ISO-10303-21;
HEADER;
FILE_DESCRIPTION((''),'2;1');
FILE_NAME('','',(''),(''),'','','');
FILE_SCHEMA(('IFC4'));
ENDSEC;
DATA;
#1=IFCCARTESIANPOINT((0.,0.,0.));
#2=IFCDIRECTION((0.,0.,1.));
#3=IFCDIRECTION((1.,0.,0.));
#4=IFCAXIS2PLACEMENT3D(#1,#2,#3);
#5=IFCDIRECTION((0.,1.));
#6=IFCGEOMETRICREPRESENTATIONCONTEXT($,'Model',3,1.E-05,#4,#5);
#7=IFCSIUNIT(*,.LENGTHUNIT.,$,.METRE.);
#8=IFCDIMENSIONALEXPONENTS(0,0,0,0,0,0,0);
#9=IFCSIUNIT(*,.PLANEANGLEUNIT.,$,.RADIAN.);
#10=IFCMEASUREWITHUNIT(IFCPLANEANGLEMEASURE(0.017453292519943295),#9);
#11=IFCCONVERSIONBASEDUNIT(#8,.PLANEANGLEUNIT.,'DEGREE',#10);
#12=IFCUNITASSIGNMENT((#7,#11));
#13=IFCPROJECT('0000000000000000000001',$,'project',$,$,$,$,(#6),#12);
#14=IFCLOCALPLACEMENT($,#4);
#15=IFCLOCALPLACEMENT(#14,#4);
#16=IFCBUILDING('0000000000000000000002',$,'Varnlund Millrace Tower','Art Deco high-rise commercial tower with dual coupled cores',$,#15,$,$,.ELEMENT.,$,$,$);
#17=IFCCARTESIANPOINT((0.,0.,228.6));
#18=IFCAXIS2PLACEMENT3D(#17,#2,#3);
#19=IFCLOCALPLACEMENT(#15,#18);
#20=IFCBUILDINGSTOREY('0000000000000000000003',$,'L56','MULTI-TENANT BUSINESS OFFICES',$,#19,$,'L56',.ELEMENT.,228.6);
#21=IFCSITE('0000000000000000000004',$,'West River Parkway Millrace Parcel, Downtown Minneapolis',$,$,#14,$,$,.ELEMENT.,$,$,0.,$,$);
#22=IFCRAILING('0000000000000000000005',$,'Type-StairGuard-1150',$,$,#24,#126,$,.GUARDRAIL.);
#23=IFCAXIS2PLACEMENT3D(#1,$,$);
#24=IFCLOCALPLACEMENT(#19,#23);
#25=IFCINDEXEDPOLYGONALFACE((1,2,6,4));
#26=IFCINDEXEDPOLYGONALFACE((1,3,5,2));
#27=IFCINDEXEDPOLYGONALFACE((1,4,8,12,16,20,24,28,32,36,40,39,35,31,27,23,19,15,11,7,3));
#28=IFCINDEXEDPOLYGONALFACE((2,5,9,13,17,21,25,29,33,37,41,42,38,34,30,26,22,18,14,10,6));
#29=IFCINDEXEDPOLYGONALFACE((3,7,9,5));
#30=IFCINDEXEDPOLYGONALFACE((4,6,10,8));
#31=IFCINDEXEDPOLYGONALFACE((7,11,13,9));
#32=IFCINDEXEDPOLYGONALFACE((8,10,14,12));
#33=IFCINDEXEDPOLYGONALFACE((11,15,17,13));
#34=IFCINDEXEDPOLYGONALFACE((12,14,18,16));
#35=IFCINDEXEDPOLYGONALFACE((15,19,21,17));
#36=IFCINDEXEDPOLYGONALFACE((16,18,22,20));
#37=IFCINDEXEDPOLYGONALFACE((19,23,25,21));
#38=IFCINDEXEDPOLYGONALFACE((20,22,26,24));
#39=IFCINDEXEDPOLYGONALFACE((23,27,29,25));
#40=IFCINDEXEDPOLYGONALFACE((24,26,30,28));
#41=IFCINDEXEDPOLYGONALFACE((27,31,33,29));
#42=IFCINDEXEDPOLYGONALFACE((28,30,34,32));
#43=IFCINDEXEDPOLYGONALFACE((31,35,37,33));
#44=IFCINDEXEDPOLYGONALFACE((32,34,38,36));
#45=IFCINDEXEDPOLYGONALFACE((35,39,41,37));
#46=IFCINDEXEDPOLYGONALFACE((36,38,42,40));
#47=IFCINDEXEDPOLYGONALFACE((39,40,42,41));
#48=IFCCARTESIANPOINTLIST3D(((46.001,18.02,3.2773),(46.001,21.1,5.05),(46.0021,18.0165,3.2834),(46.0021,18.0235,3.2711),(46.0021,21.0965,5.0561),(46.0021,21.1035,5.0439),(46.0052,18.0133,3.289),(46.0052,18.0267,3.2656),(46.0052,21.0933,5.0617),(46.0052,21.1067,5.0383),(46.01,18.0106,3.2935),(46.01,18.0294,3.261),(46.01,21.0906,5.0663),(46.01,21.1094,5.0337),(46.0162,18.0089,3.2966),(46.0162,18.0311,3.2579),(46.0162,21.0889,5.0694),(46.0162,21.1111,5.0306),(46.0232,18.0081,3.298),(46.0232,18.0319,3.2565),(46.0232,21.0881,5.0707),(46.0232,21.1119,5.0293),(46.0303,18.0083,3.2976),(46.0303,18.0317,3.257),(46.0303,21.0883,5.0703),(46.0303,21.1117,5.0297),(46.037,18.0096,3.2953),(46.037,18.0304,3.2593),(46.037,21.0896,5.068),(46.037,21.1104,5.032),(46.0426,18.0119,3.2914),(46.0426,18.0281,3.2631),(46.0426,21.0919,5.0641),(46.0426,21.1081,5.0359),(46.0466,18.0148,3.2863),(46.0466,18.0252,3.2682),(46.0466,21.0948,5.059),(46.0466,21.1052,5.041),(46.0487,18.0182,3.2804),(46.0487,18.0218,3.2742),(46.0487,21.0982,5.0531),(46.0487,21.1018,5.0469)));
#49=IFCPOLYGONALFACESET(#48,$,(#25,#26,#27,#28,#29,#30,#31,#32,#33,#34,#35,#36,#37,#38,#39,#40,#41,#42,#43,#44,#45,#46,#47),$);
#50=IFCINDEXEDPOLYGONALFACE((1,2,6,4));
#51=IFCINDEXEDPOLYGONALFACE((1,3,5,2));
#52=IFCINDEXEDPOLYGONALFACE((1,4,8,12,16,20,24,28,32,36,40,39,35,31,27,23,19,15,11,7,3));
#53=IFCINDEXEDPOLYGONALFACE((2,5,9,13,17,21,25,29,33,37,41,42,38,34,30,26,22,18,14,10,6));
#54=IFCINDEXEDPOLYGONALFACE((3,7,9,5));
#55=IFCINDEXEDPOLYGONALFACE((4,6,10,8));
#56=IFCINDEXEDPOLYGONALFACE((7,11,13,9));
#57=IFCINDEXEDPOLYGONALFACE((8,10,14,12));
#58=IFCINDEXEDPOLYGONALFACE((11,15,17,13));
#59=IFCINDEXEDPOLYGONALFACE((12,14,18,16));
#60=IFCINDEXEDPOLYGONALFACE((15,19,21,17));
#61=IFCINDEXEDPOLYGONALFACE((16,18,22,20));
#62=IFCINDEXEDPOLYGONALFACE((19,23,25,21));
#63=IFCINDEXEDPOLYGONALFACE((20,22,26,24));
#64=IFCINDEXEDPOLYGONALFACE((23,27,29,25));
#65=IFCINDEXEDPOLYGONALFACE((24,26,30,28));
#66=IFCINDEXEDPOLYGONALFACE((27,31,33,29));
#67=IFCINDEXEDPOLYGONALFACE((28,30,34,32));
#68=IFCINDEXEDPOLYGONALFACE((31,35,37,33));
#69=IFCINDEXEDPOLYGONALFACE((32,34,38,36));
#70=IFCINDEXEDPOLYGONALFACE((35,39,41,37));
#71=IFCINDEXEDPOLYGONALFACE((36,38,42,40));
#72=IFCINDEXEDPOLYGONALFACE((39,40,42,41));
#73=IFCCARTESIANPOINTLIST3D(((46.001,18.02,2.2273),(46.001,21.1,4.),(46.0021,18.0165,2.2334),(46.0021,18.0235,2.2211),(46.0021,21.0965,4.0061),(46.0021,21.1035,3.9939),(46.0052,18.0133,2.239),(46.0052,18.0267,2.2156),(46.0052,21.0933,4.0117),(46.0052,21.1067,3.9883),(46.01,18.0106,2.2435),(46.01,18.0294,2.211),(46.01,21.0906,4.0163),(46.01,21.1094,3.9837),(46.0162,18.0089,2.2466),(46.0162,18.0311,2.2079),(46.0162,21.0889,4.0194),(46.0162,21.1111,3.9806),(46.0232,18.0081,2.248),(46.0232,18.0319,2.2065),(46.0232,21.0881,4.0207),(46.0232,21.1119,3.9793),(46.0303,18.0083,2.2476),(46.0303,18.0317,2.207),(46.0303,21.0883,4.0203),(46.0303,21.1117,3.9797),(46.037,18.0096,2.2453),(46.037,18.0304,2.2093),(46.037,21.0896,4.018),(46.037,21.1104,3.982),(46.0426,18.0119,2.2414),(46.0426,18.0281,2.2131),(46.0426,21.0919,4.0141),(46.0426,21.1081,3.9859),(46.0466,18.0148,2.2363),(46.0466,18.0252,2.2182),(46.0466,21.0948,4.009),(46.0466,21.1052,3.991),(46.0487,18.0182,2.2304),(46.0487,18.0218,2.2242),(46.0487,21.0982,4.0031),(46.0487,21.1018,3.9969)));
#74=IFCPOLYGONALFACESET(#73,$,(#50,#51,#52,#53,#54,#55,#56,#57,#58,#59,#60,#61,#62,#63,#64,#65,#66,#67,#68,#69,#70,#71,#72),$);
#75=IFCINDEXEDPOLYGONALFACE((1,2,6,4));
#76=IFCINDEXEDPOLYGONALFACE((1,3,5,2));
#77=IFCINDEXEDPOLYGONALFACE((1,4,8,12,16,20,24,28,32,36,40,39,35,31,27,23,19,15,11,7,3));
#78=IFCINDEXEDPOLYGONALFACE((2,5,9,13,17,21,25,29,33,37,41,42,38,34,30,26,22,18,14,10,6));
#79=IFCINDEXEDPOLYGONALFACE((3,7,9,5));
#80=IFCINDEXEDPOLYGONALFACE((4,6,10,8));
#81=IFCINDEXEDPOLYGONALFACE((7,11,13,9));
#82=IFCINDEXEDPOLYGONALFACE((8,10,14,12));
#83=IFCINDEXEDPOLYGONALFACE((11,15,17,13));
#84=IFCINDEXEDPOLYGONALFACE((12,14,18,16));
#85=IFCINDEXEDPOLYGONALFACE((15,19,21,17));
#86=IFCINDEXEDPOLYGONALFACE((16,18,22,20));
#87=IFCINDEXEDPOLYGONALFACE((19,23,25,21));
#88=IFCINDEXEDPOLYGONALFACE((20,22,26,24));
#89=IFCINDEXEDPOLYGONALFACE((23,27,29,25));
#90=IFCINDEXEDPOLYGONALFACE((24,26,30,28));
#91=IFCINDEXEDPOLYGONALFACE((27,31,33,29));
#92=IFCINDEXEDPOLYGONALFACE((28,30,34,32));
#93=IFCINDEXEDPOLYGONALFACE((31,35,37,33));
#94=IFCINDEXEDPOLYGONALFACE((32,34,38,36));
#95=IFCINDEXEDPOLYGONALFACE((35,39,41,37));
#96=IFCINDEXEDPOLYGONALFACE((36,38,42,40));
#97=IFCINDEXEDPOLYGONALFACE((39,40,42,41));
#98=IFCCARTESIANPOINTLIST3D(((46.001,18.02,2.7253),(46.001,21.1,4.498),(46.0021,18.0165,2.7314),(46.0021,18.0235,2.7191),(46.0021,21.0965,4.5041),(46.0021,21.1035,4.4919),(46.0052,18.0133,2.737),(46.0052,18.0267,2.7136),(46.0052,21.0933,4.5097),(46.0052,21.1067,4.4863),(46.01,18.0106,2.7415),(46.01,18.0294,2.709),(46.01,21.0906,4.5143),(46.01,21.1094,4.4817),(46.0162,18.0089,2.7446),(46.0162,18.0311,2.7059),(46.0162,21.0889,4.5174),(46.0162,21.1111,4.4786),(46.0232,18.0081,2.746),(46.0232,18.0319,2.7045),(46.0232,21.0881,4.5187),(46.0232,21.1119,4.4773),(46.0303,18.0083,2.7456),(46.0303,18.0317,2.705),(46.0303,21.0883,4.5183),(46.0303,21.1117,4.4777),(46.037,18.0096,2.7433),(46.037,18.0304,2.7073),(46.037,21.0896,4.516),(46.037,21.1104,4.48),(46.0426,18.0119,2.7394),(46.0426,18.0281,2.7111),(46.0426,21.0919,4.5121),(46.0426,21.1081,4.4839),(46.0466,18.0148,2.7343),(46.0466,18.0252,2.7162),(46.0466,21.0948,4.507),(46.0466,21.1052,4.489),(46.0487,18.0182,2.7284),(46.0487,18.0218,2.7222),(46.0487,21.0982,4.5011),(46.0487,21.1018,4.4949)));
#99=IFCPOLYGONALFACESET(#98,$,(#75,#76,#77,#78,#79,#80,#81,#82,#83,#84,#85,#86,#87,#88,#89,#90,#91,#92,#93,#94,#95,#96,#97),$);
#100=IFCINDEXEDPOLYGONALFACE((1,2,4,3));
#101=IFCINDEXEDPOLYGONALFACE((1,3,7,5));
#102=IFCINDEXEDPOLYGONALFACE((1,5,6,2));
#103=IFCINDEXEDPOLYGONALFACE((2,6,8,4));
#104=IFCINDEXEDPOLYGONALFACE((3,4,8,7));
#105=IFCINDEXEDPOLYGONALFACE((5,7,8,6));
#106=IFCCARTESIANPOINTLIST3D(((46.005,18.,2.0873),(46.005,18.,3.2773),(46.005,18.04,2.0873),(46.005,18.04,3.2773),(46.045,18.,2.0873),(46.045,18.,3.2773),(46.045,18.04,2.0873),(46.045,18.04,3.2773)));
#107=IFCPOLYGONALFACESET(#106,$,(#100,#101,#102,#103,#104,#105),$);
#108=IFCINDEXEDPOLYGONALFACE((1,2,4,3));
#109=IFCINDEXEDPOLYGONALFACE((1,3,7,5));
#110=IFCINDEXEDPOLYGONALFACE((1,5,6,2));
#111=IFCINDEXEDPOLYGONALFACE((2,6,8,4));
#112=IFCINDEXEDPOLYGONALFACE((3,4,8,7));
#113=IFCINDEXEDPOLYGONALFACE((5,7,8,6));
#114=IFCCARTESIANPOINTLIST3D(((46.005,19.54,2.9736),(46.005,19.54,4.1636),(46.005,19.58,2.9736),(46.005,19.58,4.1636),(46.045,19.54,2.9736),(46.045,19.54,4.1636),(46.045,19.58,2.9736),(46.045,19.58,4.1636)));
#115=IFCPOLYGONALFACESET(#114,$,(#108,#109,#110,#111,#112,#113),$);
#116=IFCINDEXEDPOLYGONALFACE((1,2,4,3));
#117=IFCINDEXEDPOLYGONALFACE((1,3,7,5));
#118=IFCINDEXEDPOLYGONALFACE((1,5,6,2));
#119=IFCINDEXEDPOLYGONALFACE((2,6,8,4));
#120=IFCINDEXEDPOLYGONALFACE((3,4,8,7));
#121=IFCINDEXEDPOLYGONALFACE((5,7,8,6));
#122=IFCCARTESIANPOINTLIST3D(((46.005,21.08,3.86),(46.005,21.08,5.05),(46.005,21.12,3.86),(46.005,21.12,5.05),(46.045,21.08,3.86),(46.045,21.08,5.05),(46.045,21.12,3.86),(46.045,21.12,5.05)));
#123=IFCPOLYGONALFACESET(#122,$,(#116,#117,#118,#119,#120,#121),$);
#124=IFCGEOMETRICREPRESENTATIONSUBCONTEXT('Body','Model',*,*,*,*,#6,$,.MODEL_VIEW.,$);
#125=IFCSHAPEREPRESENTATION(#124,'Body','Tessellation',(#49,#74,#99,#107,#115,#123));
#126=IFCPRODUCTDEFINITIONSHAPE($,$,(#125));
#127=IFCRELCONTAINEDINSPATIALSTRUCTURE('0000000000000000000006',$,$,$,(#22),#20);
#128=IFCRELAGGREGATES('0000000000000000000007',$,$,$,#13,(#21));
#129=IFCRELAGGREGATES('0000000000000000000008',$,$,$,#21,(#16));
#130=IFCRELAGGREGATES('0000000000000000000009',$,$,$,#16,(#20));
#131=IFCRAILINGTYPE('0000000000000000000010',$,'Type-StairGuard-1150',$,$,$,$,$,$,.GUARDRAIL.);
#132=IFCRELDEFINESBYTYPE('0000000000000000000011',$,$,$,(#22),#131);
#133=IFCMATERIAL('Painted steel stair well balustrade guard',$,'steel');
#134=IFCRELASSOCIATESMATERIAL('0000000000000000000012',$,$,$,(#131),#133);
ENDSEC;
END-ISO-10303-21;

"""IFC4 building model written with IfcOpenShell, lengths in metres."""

from ifc_helpers import new_model, entity, si_unit, converted_unit, direction, frame, origin_with_axes, origin_2d_with_axis, place, context, subcontext, project, spatial, rectangle, circle, extrude, material, type_object, element, save


model = new_model("IFC4")

# Units and contexts
model_context = context("Model", 3, precision=1e-05, world=origin_with_axes(), true_north=direction((0.0, 1.0)))
body_context = subcontext(model_context, "Body", "Model", "MODEL_VIEW")
ifc_project = project(units=[si_unit("LENGTHUNIT", "METRE"), converted_unit("PLANEANGLEUNIT", "DEGREE", entity("IfcPlaneAngleMeasure", 0.017453292519943295), si_unit("PLANEANGLEUNIT", "RADIAN"), dimensions=[0, 0, 0, 0, 0, 0, 0])], contexts=[model_context])

# Site, building, storey
site_placement = place(None, origin_with_axes())
site = spatial("IfcSite", under=ifc_project, at=site_placement, Name="West River Parkway Millrace Parcel, Downtown Minneapolis", CompositionType="ELEMENT", RefElevation=0.0)
building_placement = place(site_placement, origin_with_axes())
building = spatial("IfcBuilding", under=site, at=building_placement, Name="Varnlund Millrace Tower", Description="Art Deco high-rise commercial tower with dual coupled cores", CompositionType="ELEMENT")
storey_placement = place(building_placement, frame((0.0, 0.0, 228.6), z_axis=(0.0, 0.0, 1.0), x_axis=(1.0, 0.0, 0.0)))
storey = spatial("IfcBuildingStorey", under=building, at=storey_placement, Name="L56", Description="MULTI-TENANT BUSINESS OFFICES", LongName="L56", CompositionType="ELEMENT", Elevation=228.6)

# Railing
ifc_material_1 = material(Name="Painted steel stair well balustrade guard", Category="steel")
railing_type_1 = type_object("IfcRailingType", Name="Type-StairGuard-1150", PredefinedType="GUARDRAIL", material=ifc_material_1)
railing_1_placement = place(storey_placement, frame((0.0, 0.0, -228.6), z_axis=(0.0, 0.0, 1.0), x_axis=(1.0, 0.0, 0.0)))
element("IfcRailing", 1, at=railing_1_placement, inside=storey, type_object=railing_type_1, Name="Type-StairGuard-1150", PredefinedType="GUARDRAIL", context=body_context, shape_type="SweptSolid", body=[
    extrude(circle(Radius=0.024, at=origin_2d_with_axis()), frame((46.025, 18.02, 231.8773), z_axis=(0.0, 0.866696, 0.498836), x_axis=(-1.0, 0.0, 0.0)), (0.0, 0.0, 1.0), 3.5537),
    extrude(circle(Radius=0.024, at=origin_2d_with_axis()), frame((46.025, 18.02, 230.8273), z_axis=(0.0, 0.866696, 0.498836), x_axis=(-1.0, 0.0, 0.0)), (0.0, 0.0, 1.0), 3.5537),
    extrude(circle(Radius=0.024, at=origin_2d_with_axis()), frame((46.025, 18.02, 231.3253), z_axis=(0.0, 0.866696, 0.498836), x_axis=(-1.0, 0.0, 0.0)), (0.0, 0.0, 1.0), 3.5537),
    extrude(rectangle(XDim=0.04, YDim=0.04, at=origin_2d_with_axis()), frame((46.025, 18.02, 230.6873), z_axis=(0.0, 0.0, 1.0), x_axis=(1.0, 0.0, 0.0)), (0.0, 0.0, 1.0), 1.19),
    extrude(rectangle(XDim=0.04, YDim=0.04, at=origin_2d_with_axis()), frame((46.025, 19.56, 231.5736), z_axis=(0.0, 0.0, 1.0), x_axis=(1.0, 0.0, 0.0)), (0.0, 0.0, 1.0), 1.19),
    extrude(rectangle(XDim=0.04, YDim=0.04, at=origin_2d_with_axis()), frame((46.025, 21.1, 232.46), z_axis=(0.0, 0.0, 1.0), x_axis=(1.0, 0.0, 0.0)), (0.0, 0.0, 1.0), 1.19),
])

save(model, "model.ifc")
